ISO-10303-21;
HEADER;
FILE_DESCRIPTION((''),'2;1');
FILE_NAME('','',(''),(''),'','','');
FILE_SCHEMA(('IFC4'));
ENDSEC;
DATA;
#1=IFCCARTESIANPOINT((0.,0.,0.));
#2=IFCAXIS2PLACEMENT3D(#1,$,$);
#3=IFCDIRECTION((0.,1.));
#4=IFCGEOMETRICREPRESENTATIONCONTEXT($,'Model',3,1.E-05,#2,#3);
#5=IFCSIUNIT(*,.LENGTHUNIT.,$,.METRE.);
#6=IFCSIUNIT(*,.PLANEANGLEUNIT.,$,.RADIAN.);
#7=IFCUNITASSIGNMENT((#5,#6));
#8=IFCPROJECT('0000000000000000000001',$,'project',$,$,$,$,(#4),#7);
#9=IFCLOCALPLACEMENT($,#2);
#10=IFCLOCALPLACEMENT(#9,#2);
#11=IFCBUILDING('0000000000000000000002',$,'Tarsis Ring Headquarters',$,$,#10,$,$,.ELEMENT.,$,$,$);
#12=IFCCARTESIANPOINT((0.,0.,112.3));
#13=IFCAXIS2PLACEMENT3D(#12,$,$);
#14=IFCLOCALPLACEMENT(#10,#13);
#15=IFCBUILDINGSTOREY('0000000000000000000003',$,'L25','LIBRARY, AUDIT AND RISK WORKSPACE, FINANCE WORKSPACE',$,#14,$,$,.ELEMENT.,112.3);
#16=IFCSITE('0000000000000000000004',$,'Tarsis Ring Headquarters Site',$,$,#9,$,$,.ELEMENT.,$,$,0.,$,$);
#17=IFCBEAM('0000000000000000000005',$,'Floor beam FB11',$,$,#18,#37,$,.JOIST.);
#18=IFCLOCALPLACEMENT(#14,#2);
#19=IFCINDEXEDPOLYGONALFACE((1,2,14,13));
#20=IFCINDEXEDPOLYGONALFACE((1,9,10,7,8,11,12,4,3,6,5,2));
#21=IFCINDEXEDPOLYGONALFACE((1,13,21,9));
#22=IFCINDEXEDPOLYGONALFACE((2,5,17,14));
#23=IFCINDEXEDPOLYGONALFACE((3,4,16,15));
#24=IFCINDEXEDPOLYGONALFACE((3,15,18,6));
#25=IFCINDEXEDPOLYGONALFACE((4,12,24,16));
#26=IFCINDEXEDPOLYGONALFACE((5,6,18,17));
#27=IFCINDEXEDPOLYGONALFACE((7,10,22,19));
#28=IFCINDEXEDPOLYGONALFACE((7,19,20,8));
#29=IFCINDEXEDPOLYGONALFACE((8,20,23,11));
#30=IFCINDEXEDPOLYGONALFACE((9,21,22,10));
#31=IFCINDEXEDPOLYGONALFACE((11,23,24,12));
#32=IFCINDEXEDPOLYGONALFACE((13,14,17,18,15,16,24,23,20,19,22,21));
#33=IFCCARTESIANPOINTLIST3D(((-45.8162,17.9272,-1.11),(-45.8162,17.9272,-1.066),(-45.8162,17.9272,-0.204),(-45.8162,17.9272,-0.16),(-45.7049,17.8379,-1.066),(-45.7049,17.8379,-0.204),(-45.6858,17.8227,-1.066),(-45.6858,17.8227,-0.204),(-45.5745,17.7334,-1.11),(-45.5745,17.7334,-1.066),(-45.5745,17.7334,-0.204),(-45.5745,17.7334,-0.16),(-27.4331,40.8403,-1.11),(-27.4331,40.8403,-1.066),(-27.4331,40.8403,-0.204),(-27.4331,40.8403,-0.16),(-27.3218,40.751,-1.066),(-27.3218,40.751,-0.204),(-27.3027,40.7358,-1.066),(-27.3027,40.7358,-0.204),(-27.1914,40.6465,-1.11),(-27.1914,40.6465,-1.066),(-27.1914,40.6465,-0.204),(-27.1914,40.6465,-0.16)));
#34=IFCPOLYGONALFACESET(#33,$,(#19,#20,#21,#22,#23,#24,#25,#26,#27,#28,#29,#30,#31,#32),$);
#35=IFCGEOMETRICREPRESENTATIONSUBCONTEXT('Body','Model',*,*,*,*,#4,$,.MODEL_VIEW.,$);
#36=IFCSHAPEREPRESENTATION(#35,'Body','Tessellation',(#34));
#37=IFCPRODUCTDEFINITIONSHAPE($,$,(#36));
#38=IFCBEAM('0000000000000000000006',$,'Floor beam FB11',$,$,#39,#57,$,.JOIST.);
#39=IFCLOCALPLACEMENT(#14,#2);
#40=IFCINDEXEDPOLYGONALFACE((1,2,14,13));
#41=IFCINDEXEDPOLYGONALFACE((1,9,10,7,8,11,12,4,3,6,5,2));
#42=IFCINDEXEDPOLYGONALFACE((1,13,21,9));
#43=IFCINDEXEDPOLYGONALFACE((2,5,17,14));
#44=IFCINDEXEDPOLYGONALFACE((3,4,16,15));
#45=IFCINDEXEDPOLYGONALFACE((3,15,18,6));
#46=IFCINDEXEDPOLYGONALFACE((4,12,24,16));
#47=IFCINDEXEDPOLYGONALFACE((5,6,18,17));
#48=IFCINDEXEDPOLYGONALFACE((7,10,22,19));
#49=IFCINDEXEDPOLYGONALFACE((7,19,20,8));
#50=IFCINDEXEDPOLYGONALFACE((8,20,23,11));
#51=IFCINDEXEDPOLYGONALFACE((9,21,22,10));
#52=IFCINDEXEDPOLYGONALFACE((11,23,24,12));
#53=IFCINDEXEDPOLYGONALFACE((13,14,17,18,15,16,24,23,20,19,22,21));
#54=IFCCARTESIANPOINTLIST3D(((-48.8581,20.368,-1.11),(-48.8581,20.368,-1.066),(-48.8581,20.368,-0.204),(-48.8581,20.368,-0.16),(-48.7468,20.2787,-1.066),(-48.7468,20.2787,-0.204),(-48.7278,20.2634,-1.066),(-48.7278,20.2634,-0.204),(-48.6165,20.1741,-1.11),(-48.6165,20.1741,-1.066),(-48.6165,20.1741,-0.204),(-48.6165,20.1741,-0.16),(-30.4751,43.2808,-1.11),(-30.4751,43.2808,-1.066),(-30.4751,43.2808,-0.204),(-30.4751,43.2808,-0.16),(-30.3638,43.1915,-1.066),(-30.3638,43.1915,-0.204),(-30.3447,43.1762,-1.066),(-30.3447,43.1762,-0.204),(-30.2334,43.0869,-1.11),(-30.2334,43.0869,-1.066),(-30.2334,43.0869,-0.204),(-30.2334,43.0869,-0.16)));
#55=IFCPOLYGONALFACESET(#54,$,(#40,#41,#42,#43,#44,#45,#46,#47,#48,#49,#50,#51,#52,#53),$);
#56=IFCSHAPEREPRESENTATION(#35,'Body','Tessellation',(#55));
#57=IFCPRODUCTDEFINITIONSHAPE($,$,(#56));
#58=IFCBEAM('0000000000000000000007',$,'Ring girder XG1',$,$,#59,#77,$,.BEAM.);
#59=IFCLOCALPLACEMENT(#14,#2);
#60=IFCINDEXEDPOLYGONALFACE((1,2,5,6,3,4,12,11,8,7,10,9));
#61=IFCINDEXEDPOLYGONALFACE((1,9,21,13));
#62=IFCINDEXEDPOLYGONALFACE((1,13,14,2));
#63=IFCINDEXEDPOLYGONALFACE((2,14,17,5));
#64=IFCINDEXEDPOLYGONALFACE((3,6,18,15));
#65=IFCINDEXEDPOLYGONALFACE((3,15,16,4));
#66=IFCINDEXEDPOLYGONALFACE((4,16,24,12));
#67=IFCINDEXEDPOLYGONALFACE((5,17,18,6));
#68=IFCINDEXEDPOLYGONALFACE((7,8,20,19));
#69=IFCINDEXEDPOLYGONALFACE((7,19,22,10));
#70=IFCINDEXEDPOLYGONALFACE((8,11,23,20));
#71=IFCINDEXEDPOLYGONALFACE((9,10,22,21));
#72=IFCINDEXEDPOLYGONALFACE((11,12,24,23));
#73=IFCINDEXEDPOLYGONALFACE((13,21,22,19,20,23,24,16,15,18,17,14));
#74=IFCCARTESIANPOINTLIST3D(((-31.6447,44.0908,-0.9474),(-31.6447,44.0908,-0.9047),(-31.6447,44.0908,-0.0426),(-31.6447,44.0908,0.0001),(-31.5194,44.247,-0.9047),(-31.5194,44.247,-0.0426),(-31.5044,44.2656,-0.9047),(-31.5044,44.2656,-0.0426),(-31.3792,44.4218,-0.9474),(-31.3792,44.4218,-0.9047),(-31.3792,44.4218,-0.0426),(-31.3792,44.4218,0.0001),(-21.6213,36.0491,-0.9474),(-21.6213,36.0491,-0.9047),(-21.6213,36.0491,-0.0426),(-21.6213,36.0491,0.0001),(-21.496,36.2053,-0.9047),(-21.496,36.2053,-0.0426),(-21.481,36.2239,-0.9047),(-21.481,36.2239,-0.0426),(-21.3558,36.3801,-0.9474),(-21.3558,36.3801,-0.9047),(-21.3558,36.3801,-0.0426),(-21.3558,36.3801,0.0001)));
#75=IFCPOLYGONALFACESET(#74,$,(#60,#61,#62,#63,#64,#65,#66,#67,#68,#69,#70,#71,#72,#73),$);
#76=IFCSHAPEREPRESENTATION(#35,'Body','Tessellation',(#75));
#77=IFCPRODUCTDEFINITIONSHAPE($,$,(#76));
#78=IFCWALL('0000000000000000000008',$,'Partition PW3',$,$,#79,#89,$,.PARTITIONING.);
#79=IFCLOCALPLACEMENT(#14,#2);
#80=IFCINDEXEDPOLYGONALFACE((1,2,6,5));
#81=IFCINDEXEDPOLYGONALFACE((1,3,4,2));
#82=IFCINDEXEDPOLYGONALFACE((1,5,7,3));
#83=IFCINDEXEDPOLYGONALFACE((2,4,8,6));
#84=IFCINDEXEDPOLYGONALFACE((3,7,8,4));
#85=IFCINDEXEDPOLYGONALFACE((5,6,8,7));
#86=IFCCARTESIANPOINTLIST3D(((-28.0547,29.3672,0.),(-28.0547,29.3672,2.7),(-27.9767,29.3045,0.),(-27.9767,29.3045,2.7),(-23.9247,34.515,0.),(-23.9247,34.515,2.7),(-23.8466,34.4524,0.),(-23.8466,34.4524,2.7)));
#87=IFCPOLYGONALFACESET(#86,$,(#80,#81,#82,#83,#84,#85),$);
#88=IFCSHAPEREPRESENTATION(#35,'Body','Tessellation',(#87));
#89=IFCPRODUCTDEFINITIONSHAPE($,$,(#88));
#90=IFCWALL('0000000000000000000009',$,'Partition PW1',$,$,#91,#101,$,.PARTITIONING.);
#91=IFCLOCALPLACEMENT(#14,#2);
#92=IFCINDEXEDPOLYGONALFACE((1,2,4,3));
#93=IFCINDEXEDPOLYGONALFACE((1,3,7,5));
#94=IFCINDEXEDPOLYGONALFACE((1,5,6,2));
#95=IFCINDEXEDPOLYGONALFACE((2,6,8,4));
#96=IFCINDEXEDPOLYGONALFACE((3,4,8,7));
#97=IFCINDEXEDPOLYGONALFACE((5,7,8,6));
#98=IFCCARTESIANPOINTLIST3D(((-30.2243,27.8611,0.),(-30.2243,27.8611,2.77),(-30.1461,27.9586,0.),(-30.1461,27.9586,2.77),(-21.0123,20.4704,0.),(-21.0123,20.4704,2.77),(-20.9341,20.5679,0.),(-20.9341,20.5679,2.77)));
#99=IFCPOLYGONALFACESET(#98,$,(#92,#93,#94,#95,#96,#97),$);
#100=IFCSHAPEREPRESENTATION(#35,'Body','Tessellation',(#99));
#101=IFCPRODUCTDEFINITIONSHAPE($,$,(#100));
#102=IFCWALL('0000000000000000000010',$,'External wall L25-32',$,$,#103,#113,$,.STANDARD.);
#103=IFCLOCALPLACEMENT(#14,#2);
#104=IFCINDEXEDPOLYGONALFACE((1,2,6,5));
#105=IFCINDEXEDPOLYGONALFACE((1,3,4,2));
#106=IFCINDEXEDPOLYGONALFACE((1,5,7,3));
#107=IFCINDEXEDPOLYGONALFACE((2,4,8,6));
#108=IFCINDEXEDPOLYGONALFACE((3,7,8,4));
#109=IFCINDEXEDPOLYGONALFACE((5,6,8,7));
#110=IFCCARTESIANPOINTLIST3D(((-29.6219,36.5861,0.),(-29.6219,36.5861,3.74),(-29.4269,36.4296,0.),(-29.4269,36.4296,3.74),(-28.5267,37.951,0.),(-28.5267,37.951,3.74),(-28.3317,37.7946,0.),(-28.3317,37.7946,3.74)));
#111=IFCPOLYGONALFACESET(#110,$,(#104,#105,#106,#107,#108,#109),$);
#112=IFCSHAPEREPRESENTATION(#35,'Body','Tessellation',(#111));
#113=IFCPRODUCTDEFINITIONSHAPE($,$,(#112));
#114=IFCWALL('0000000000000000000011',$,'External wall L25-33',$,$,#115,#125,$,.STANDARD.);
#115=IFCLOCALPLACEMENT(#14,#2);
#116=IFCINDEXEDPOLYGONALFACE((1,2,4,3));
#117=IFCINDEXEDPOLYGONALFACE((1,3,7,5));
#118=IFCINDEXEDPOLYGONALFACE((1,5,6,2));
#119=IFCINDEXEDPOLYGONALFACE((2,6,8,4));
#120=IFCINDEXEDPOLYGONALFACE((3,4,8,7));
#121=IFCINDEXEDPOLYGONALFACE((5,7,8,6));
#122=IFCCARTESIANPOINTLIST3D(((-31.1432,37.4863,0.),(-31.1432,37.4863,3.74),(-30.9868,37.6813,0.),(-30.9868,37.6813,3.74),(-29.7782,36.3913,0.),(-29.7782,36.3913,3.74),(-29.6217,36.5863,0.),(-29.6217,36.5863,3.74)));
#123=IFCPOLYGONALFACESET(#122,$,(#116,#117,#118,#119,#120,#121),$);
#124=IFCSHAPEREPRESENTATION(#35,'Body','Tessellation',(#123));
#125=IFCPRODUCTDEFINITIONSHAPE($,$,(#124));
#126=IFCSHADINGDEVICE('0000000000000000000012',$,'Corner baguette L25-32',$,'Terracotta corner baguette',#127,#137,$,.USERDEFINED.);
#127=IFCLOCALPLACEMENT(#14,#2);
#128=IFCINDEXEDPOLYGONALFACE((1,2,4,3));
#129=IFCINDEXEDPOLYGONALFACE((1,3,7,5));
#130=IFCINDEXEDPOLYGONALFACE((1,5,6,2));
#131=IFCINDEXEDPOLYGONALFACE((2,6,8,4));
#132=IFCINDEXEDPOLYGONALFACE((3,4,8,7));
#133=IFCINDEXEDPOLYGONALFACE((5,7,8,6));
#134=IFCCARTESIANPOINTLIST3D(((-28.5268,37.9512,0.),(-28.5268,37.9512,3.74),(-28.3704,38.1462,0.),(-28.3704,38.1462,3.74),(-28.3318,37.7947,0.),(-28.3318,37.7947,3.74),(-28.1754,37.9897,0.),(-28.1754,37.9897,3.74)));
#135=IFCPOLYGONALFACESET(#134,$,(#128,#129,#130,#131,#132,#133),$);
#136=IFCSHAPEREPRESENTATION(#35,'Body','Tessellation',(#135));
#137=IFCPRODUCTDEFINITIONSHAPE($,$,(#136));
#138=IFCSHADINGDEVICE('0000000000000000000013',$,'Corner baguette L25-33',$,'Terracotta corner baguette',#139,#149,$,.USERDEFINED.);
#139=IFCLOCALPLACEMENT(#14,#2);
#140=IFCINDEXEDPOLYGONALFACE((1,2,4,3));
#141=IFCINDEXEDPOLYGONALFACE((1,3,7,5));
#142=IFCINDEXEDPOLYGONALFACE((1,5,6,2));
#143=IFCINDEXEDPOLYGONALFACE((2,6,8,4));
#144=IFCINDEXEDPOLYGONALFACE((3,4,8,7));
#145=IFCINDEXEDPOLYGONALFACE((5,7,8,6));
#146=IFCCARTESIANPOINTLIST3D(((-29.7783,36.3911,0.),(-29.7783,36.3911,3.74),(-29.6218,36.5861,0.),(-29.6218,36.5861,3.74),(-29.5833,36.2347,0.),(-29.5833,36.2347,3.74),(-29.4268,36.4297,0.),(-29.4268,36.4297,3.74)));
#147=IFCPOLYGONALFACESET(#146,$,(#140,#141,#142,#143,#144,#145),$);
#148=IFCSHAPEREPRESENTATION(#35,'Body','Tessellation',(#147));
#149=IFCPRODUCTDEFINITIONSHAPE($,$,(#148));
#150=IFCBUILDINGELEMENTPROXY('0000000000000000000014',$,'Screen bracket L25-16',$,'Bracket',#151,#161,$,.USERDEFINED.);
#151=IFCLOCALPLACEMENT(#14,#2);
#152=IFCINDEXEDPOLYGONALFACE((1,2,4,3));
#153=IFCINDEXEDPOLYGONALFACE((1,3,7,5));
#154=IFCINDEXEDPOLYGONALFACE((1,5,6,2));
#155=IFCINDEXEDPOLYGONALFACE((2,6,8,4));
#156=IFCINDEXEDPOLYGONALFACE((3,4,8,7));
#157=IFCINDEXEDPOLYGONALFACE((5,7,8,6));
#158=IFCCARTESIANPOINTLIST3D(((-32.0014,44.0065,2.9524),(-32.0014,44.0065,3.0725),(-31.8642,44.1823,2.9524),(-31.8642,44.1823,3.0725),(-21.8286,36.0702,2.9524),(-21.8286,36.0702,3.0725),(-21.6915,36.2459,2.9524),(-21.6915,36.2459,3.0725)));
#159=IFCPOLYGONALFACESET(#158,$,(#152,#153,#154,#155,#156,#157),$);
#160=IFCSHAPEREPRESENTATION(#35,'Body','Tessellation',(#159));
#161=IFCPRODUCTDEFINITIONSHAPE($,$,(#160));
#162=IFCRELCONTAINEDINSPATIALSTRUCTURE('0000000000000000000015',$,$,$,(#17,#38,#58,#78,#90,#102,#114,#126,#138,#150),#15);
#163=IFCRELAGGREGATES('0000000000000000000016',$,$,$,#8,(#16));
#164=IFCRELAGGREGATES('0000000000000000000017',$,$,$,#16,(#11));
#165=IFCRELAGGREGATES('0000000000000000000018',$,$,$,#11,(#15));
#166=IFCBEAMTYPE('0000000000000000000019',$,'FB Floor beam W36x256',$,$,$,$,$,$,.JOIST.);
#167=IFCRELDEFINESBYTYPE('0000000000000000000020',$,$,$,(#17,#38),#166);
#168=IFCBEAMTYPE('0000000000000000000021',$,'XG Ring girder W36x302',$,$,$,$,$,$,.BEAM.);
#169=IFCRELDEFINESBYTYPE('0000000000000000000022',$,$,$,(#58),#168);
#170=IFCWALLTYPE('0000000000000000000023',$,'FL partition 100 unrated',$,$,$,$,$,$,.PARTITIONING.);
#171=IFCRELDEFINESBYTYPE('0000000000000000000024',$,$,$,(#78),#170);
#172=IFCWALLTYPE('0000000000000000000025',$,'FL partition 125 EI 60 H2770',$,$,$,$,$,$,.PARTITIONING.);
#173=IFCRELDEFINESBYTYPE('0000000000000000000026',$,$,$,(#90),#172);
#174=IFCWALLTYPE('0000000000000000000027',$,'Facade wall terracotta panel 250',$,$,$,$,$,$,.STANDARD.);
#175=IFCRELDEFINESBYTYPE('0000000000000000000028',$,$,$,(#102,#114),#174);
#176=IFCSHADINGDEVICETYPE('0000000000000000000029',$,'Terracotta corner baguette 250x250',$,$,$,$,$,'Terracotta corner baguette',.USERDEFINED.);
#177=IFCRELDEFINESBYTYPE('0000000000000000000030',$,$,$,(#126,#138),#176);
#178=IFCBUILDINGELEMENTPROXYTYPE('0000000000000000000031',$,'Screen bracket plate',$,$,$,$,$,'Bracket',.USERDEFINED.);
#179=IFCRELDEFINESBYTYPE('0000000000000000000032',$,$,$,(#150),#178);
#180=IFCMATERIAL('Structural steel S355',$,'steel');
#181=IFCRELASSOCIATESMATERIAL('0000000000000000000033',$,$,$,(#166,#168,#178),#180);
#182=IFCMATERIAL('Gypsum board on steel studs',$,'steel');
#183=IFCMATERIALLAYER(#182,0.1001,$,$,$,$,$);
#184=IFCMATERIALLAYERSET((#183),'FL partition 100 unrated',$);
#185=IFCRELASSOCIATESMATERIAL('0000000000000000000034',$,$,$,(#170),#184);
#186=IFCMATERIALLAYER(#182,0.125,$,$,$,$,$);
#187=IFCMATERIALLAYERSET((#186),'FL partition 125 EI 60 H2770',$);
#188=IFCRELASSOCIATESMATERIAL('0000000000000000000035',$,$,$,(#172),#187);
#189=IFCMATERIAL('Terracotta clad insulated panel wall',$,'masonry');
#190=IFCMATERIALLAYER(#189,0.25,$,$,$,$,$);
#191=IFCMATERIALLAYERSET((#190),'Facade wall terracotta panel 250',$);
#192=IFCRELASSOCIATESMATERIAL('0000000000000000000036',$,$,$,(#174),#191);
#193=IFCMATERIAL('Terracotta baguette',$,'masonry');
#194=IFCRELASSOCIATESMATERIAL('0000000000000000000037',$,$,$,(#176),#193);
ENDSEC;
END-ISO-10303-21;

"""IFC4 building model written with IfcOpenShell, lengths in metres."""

from ifc_helpers import new_model, si_unit, direction, frame, frame_2d, origin, origin_2d, place, context, subcontext, project, spatial, rectangle, i_section, extrude, material, layer, layer_set, material_profile, profile_set, type_object, element, save


model = new_model("IFC4")

# Units and contexts
model_context = context("Model", 3, precision=1e-05, world=origin(), true_north=direction((0.0, 1.0)))
body_context = subcontext(model_context, "Body", "Model", "MODEL_VIEW")
ifc_project = project(units=[si_unit("LENGTHUNIT", "METRE"), si_unit("PLANEANGLEUNIT", "RADIAN")], contexts=[model_context])

# Site, building, storey
site_placement = place(None, origin())
site = spatial("IfcSite", under=ifc_project, at=site_placement, Name="Tarsis Ring Headquarters Site", CompositionType="ELEMENT", RefElevation=0.0)
building_placement = place(site_placement, origin())
building = spatial("IfcBuilding", under=site, at=building_placement, Name="Tarsis Ring Headquarters", CompositionType="ELEMENT")
storey_placement = place(building_placement, frame((0.0, 0.0, 112.3)))
storey = spatial("IfcBuildingStorey", under=building, at=storey_placement, Name="L25", Description="LIBRARY, AUDIT AND RISK WORKSPACE, FINANCE WORKSPACE", CompositionType="ELEMENT", Elevation=112.3)

# Shared definitions
ifc_material_1 = material(Name="Structural steel S355", Category="steel")

# Beams
ifc_material_profile_1 = material_profile(ifc_material_1, i_section(OverallWidth=0.3098, OverallDepth=0.95, WebThickness=0.0244, FlangeThickness=0.0439, at=origin_2d()), Name="W36x256")
ifc_profile_set_1 = profile_set([ifc_material_profile_1], Name="Structural steel S355")
beam_type_1 = type_object("IfcBeamType", Name="FB Floor beam W36x256", PredefinedType="JOIST", material=ifc_profile_set_1)
beam_1_placement = place(storey_placement, frame((-27.3123, 40.7434, -0.635), z_axis=(-0.625786, -0.779995, 0.0), x_axis=(0.779995, -0.625786, 0.0)))
element("IfcBeam", 1, at=beam_1_placement, inside=storey, type_object=beam_type_1, Name="Floor beam FB11", PredefinedType="JOIST", context=body_context, shape_type="SweptSolid", body=[
    extrude(i_section(OverallWidth=0.3098, OverallDepth=0.95, WebThickness=0.0244, FlangeThickness=0.0439, at=origin_2d()), origin(), (0.0, 0.0, 1.0), 29.376),
])
beam_2_placement = place(storey_placement, frame((-30.3542, 43.1838, -0.635), z_axis=(-0.62579, -0.779992, 0.0), x_axis=(0.779992, -0.62579, 0.0)))
element("IfcBeam", 2, at=beam_2_placement, inside=storey, type_object=beam_type_1, Name="Floor beam FB11", PredefinedType="JOIST", context=body_context, shape_type="SweptSolid", body=[
    extrude(i_section(OverallWidth=0.3098, OverallDepth=0.95, WebThickness=0.0244, FlangeThickness=0.0439, at=origin_2d()), origin(), (0.0, 0.0, 1.0), 29.3757),
])
ifc_material_profile_2 = material_profile(ifc_material_1, i_section(OverallWidth=0.4243, OverallDepth=0.9475, WebThickness=0.0239, FlangeThickness=0.0427, at=origin_2d()), Name="W36x302")
ifc_profile_set_2 = profile_set([ifc_material_profile_2], Name="Structural steel S355")
beam_type_2 = type_object("IfcBeamType", Name="XG Ring girder W36x302", PredefinedType="BEAM", material=ifc_profile_set_2)
beam_3_placement = place(storey_placement, frame((-21.4885, 36.2146, -0.4736), z_axis=(-0.779995, 0.625786, 0.0), x_axis=(-0.625786, -0.779995, 0.0)))
element("IfcBeam", 3, at=beam_3_placement, inside=storey, type_object=beam_type_2, Name="Ring girder XG1", PredefinedType="BEAM", context=body_context, shape_type="SweptSolid", body=[
    extrude(i_section(OverallWidth=0.4243, OverallDepth=0.9475, WebThickness=0.0239, FlangeThickness=0.0427, at=origin_2d()), origin(), (0.0, 0.0, 1.0), 12.8506),
])

# Walls
ifc_material_2 = material(Name="Gypsum board on steel studs", Category="steel")
ifc_layer_1 = layer(ifc_material_2, 0.1001)
ifc_layer_set_1 = layer_set([ifc_layer_1], Name="FL partition 100 unrated")
wall_type_1 = type_object("IfcWallType", Name="FL partition 100 unrated", PredefinedType="PARTITIONING", material=ifc_layer_set_1)
wall_1_placement = place(storey_placement, frame((-28.0156, 29.3359, 0.0), z_axis=(0.0, 0.0, 1.0), x_axis=(0.625782, 0.779998, 0.0)))
element("IfcWall", 4, at=wall_1_placement, inside=storey, type_object=wall_type_1, Name="Partition PW3", PredefinedType="PARTITIONING", context=body_context, shape_type="SweptSolid", body=[
    extrude(rectangle(XDim=6.5999, YDim=0.1001, at=frame_2d((3.2998, 0.0))), origin(), (0.0, 0.0, 1.0), 2.7),
])
ifc_layer_2 = layer(ifc_material_2, 0.125)
ifc_layer_set_2 = layer_set([ifc_layer_2], Name="FL partition 125 EI 60 H2770")
wall_type_2 = type_object("IfcWallType", Name="FL partition 125 EI 60 H2770", PredefinedType="PARTITIONING", material=ifc_layer_set_2)
wall_2_placement = place(storey_placement, frame((-30.1853, 27.9099, 0.0), z_axis=(0.0, 0.0, 1.0), x_axis=(0.779997, -0.625784, 0.0)))
element("IfcWall", 5, at=wall_2_placement, inside=storey, type_object=wall_type_2, Name="Partition PW1", PredefinedType="PARTITIONING", context=body_context, shape_type="SweptSolid", body=[
    extrude(rectangle(XDim=11.8103, YDim=0.125, at=frame_2d((5.9053, 0.0))), origin(), (0.0, 0.0, 1.0), 2.77),
])
ifc_material_3 = material(Name="Terracotta clad insulated panel wall", Category="masonry")
ifc_layer_3 = layer(ifc_material_3, 0.25)
ifc_layer_set_3 = layer_set([ifc_layer_3], Name="Facade wall terracotta panel 250")
wall_type_3 = type_object("IfcWallType", Name="Facade wall terracotta panel 250", PredefinedType="STANDARD", material=ifc_layer_set_3)
for number, where, z_axis, x_axis, name in (
    (6, (-28.4292, 37.8728, 0.0), (0.0, 0.0, 1.0), (-0.625817, -0.77997, 0.0), "External wall L25-32"),
    (7, (-29.7, 36.4888, 0.0), (0.0, 0.0, 1.0), (-0.780038, 0.625732, 0.0), "External wall L25-33"),
):
    element("IfcWall", number, at=place(storey_placement, frame(where, z_axis=z_axis, x_axis=x_axis)), inside=storey, type_object=wall_type_3, Name=name, PredefinedType="STANDARD", context=body_context, shape_type="SweptSolid", body=[
        extrude(rectangle(XDim=1.75, YDim=0.25, at=frame_2d((0.875, 0.0))), origin(), (0.0, 0.0, 1.0), 3.74),
    ])

# Shading devices
ifc_material_4 = material(Name="Terracotta baguette", Category="masonry")
shading_device_type_1 = type_object("IfcShadingDeviceType", Name="Terracotta corner baguette 250x250", ElementType="Terracotta corner baguette", PredefinedType="USERDEFINED", material=ifc_material_4)
for number, where, z_axis, x_axis, name in (
    (8, (-28.3511, 37.9705, 0.0), (0.0, 0.0, 1.0), (-0.779994, 0.625787, 0.0), "Corner baguette L25-32"),
    (9, (-29.6025, 36.4104, 0.0), (0.0, 0.0, 1.0), (-0.625787, -0.779994, 0.0), "Corner baguette L25-33"),
):
    element("IfcShadingDevice", number, at=place(storey_placement, frame(where, z_axis=z_axis, x_axis=x_axis)), inside=storey, type_object=shading_device_type_1, Name=name, ObjectType="Terracotta corner baguette", PredefinedType="USERDEFINED", context=body_context, shape_type="SweptSolid", body=[
        extrude(rectangle(XDim=0.25, YDim=0.25, at=origin_2d()), origin(), (0.0, 0.0, 1.0), 3.74),
    ])

# Building element proxy
building_element_proxy_type = type_object("IfcBuildingElementProxyType", Name="Screen bracket plate", ElementType="Bracket", PredefinedType="USERDEFINED", material=ifc_material_1)
proxy_placement = place(storey_placement, frame((-26.8464, 40.1262, 2.9524), z_axis=(0.0, 0.0, 1.0), x_axis=(-0.78844, 0.615111, 0.0)))
element("IfcBuildingElementProxy", 10, at=proxy_placement, inside=storey, type_object=building_element_proxy_type, Name="Screen bracket L25-16", ObjectType="Bracket", PredefinedType="USERDEFINED", context=body_context, shape_type="SweptSolid", body=[
    extrude(rectangle(XDim=12.9023, YDim=0.2229, at=origin_2d()), origin(), (0.0, 0.0, 1.0), 0.1201),
])

save(model, "model.ifc")
